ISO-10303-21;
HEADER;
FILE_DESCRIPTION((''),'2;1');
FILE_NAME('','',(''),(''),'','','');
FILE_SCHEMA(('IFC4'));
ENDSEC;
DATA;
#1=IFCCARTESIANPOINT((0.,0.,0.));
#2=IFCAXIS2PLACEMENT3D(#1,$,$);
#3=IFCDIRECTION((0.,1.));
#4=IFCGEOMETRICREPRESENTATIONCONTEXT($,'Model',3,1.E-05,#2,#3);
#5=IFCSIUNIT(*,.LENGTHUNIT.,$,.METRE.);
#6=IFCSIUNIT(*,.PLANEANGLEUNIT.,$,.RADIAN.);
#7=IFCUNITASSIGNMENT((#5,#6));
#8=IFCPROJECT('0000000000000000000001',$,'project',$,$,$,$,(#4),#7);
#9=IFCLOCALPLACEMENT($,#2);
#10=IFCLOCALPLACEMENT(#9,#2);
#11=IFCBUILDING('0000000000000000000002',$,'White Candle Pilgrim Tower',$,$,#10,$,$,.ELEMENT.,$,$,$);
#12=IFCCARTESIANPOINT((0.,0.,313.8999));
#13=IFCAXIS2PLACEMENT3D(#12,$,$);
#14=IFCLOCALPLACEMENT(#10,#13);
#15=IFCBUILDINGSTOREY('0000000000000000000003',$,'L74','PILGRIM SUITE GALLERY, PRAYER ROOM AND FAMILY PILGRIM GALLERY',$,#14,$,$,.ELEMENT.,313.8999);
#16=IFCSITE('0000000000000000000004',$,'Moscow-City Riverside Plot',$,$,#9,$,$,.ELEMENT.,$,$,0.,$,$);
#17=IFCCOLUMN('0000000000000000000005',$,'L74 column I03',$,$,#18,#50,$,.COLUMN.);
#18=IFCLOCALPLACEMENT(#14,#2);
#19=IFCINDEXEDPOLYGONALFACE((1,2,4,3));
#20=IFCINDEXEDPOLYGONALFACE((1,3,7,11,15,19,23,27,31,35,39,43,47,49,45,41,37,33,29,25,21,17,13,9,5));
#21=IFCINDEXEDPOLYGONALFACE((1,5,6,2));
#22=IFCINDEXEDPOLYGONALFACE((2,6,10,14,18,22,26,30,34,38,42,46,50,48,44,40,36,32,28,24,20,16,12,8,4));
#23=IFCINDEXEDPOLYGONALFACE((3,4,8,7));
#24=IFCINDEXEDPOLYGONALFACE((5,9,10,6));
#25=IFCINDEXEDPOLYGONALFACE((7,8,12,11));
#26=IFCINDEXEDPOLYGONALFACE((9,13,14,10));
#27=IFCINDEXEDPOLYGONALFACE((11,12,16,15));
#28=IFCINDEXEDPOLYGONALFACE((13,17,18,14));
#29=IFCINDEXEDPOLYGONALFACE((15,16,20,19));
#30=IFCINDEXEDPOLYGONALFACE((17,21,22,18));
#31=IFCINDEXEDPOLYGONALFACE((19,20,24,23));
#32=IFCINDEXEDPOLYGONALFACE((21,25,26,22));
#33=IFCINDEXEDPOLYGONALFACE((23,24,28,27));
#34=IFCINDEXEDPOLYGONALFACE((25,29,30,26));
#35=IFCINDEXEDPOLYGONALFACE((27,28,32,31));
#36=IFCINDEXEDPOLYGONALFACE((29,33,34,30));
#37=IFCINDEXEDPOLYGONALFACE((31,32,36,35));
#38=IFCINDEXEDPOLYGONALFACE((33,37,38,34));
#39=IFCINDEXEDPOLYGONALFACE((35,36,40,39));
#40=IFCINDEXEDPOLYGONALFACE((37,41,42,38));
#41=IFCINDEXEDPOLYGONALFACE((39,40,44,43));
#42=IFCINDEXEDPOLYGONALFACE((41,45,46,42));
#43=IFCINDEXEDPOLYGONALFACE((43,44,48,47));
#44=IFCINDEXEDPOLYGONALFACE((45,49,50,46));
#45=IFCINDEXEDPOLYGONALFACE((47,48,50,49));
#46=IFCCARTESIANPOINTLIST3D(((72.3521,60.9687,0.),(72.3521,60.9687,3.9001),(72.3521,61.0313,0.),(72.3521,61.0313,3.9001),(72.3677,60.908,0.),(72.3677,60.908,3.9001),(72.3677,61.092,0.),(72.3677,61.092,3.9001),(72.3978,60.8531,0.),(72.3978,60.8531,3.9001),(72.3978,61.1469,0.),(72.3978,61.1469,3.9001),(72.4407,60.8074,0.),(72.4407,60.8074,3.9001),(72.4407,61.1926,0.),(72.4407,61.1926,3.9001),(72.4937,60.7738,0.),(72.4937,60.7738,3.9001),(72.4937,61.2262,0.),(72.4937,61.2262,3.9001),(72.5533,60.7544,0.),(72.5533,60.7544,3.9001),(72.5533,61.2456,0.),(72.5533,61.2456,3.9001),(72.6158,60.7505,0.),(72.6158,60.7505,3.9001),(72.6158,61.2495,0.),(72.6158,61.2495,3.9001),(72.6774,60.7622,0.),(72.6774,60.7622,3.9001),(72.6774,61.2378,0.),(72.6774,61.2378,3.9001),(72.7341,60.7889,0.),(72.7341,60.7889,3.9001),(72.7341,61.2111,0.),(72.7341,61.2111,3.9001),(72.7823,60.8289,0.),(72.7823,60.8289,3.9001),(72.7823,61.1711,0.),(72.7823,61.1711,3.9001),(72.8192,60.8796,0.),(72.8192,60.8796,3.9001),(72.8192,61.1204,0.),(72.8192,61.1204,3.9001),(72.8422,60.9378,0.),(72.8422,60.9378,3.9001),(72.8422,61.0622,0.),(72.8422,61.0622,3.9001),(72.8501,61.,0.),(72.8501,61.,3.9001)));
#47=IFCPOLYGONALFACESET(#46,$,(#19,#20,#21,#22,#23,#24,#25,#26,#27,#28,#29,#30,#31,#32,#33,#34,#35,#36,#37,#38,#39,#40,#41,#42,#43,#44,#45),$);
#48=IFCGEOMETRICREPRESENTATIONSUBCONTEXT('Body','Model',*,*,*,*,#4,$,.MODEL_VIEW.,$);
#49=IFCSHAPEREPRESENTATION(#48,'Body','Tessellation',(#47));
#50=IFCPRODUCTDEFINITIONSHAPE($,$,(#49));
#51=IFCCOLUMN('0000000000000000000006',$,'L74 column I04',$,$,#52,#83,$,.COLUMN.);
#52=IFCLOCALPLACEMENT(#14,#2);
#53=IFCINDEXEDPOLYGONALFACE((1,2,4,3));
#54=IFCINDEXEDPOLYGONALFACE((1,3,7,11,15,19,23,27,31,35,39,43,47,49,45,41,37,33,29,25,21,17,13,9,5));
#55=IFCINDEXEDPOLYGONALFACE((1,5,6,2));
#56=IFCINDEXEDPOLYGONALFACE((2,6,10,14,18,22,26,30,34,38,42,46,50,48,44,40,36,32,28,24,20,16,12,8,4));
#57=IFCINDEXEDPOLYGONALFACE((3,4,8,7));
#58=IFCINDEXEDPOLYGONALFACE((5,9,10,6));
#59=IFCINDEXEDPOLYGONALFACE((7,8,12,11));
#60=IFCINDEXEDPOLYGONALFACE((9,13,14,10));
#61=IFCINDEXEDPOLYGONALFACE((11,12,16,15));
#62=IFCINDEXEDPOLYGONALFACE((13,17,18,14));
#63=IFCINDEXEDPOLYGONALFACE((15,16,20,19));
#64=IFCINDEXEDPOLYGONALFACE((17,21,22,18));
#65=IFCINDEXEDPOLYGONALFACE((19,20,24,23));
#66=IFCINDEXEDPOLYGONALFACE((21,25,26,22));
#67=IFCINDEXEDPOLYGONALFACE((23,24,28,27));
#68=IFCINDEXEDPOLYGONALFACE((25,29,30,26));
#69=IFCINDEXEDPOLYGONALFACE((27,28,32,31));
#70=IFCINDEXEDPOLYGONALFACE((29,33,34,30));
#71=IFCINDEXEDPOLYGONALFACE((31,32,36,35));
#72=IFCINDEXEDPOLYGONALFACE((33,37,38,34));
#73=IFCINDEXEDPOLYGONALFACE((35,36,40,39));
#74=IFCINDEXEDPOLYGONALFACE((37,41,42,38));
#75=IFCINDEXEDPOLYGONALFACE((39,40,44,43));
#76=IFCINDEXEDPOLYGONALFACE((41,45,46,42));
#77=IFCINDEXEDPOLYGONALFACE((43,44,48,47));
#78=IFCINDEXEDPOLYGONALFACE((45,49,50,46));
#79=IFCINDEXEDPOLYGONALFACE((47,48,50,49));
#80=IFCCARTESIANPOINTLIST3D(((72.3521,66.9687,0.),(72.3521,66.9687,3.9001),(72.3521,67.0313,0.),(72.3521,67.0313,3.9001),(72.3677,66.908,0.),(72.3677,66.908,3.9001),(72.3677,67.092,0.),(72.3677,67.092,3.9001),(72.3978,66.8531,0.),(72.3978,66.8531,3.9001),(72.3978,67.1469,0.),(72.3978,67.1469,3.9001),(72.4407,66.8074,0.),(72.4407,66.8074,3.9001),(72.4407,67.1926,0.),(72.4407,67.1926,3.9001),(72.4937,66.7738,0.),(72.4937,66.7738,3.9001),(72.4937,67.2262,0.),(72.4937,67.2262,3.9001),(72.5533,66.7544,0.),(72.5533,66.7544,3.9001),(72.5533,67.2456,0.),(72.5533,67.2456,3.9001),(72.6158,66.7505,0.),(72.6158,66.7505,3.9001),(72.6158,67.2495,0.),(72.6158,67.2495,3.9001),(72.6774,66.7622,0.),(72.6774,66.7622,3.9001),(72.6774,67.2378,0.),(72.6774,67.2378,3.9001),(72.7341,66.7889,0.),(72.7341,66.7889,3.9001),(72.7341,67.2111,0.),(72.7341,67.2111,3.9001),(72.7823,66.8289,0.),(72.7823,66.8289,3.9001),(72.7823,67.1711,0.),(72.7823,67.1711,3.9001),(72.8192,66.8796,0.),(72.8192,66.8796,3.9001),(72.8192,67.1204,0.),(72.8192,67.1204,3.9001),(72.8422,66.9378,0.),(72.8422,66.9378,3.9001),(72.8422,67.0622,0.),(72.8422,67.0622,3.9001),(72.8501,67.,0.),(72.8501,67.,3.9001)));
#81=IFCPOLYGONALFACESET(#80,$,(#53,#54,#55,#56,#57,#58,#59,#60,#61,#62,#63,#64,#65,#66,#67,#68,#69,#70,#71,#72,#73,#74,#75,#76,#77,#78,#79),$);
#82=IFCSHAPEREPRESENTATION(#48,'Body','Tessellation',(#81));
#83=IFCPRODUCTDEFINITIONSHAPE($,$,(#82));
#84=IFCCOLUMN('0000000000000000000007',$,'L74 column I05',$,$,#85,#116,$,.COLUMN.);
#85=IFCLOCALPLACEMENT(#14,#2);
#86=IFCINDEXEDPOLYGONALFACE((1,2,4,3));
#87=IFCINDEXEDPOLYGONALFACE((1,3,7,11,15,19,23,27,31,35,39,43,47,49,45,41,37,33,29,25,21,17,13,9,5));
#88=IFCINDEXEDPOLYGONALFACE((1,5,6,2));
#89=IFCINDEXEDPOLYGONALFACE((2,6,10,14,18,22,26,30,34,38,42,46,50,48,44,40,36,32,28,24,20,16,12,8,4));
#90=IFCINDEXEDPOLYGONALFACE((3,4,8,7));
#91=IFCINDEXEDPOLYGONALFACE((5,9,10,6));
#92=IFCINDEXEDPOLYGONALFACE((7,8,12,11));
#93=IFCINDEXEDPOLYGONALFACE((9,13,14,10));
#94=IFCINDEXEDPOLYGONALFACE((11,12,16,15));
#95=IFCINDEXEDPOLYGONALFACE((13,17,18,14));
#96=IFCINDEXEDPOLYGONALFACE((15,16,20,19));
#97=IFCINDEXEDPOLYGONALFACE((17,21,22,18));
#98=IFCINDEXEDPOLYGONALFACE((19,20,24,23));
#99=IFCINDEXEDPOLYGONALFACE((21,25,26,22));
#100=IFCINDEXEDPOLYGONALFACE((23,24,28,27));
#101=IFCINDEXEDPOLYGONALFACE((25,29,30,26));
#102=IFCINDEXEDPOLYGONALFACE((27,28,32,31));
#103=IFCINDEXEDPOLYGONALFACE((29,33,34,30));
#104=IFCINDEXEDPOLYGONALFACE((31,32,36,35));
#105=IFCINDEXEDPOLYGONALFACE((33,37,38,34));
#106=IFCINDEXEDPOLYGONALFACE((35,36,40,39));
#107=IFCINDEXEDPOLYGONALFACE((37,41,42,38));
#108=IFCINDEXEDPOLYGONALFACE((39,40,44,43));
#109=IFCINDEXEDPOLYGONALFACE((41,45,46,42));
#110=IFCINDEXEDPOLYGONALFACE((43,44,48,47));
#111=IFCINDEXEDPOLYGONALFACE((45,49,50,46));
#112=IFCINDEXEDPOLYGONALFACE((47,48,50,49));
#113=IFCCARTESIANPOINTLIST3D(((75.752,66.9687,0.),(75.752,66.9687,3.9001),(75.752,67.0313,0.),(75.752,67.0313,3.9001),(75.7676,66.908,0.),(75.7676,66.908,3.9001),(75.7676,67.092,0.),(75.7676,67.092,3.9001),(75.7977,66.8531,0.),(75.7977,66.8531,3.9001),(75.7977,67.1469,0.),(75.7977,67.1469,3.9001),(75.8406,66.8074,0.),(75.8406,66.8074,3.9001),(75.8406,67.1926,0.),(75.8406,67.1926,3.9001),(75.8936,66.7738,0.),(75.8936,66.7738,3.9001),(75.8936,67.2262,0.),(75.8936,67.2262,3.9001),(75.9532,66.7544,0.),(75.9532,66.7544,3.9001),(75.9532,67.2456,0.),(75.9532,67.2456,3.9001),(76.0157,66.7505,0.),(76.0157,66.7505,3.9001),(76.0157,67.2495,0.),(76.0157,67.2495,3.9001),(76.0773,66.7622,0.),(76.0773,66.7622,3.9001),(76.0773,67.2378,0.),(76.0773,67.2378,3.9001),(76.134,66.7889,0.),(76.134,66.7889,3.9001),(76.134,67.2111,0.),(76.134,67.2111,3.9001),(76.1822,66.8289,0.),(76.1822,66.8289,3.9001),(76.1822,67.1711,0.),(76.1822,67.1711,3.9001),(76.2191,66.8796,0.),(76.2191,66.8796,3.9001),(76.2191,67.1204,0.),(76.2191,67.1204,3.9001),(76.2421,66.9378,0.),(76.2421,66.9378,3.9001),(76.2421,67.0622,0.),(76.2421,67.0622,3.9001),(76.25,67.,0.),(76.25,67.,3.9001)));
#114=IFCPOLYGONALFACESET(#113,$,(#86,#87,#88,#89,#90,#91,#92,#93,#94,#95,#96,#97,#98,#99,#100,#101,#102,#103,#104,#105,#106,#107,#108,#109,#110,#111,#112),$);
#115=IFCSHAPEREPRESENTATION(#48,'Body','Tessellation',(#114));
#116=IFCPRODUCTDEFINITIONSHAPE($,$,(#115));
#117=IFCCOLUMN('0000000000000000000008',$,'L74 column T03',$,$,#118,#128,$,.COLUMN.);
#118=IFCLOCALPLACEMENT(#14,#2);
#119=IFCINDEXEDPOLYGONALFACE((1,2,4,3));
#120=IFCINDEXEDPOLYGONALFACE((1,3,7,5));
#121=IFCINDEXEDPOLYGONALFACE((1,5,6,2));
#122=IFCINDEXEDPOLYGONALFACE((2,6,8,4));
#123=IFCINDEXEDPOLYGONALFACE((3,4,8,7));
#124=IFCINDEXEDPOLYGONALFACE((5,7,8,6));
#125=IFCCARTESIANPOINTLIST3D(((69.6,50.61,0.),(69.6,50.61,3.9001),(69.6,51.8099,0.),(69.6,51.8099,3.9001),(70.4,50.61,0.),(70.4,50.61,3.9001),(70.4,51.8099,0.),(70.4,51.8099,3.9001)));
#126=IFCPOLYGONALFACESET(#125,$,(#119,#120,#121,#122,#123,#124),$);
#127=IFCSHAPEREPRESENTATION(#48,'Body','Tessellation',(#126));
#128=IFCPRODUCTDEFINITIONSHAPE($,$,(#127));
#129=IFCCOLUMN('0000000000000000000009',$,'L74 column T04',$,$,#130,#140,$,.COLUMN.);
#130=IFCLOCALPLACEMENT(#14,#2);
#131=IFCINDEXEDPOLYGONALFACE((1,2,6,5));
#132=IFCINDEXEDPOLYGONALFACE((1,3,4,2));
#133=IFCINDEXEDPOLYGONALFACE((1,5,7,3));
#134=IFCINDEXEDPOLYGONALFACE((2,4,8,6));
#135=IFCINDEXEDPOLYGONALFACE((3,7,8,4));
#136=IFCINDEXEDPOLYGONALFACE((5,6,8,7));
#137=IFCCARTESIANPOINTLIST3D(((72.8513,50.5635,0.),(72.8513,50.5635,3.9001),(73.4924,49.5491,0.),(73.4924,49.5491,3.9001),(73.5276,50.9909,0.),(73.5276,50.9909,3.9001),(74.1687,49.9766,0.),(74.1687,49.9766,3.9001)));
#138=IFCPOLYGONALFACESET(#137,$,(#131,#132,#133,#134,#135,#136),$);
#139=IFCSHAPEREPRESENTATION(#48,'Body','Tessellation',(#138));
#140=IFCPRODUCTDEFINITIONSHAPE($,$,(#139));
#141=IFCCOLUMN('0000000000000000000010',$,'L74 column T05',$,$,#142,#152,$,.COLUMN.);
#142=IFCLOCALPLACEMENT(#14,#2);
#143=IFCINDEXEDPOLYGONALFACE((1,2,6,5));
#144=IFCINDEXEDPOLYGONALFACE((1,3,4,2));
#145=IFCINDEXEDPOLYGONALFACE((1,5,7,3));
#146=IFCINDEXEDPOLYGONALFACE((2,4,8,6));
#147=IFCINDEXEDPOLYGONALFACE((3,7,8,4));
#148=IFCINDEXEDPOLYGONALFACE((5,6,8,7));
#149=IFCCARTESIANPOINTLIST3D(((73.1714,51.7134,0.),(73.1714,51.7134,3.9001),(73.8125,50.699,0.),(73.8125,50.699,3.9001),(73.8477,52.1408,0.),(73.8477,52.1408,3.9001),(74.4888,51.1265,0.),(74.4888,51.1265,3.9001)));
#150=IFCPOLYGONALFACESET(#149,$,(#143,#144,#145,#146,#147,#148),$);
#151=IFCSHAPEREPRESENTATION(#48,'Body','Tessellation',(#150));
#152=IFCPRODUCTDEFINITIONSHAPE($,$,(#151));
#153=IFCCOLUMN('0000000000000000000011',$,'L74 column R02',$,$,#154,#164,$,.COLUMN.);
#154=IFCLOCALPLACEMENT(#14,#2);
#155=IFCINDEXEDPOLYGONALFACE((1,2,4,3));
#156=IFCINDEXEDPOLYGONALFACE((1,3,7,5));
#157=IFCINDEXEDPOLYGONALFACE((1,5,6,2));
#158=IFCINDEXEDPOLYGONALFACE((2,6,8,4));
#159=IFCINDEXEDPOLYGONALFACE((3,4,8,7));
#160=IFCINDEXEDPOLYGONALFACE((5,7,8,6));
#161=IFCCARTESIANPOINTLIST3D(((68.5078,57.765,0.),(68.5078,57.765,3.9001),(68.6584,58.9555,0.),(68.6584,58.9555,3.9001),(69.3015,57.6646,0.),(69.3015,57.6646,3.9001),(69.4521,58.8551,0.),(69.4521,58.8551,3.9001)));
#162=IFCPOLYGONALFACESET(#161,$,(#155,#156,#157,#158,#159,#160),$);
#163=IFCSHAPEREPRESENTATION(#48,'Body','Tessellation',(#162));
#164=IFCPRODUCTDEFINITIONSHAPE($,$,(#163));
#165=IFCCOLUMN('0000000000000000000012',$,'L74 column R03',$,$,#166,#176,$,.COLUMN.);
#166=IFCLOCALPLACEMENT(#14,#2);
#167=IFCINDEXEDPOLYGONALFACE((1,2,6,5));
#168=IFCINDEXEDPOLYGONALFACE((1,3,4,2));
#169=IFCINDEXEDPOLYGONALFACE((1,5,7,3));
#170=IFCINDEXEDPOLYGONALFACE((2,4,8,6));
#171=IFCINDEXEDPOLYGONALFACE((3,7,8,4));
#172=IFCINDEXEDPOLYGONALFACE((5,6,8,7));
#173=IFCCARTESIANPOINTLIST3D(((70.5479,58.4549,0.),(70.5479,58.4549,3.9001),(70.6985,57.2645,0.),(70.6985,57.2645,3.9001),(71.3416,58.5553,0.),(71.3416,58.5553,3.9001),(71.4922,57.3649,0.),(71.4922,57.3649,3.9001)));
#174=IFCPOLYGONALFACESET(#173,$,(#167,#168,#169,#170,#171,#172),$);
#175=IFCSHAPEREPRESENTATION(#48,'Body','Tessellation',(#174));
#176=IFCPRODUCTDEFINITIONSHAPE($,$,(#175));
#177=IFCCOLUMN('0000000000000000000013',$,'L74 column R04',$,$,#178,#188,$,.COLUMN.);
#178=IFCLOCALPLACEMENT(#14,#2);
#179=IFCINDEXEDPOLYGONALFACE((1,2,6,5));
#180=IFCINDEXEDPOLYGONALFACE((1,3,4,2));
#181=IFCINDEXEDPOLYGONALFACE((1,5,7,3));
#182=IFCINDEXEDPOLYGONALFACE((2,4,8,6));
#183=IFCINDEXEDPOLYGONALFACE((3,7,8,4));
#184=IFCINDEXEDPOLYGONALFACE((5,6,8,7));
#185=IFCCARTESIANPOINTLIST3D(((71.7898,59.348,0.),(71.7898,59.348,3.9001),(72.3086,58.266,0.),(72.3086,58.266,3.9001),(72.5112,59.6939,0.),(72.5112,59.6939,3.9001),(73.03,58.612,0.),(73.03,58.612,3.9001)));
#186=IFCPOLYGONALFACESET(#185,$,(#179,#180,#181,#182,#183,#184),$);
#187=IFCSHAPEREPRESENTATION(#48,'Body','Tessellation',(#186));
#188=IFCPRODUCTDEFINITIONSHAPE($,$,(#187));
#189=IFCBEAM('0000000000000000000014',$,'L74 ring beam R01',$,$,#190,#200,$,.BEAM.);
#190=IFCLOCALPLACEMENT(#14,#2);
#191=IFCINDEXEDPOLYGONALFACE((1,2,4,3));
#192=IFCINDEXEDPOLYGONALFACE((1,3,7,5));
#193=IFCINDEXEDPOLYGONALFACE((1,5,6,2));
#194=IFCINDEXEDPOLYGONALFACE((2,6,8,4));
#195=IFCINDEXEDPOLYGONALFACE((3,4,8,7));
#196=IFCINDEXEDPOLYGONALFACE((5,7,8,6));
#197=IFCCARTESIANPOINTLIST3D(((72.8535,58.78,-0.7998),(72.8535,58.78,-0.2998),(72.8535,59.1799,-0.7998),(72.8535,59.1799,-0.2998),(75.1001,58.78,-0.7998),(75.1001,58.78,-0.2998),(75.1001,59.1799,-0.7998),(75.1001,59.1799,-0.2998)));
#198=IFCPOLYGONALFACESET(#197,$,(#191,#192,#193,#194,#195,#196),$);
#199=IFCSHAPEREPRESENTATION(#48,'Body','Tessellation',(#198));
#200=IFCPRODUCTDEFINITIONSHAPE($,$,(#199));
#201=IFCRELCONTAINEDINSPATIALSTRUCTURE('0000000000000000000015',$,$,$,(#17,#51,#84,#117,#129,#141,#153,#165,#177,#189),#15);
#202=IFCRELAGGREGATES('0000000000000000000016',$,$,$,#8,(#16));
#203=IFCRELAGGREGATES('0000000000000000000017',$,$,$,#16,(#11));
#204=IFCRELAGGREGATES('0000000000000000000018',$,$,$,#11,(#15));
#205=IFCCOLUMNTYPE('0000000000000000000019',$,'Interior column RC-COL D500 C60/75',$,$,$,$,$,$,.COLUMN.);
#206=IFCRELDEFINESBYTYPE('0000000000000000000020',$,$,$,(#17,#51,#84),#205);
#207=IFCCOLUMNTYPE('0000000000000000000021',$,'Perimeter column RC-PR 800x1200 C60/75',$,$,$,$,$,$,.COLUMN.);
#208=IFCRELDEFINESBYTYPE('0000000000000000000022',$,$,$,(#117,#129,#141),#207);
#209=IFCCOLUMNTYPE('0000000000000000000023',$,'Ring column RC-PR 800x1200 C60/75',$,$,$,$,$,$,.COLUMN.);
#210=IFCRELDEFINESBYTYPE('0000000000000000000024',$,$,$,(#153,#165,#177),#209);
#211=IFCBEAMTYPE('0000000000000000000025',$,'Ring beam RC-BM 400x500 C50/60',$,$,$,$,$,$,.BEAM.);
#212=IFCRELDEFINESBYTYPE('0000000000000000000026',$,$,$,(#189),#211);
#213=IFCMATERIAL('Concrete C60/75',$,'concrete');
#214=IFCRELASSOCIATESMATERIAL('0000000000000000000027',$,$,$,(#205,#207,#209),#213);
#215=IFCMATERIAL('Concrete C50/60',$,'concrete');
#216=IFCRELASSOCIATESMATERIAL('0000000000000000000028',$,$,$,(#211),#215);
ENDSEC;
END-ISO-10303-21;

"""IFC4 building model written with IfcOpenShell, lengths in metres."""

from ifc_helpers import new_model, si_unit, direction, frame, origin, origin_2d, place, context, subcontext, project, spatial, rectangle, circle, extrude, material, material_profile, profile_set, type_object, element, save


model = new_model("IFC4")

# Units and contexts
model_context = context("Model", 3, precision=1e-05, world=origin(), true_north=direction((0.0, 1.0)))
body_context = subcontext(model_context, "Body", "Model", "MODEL_VIEW")
ifc_project = project(units=[si_unit("LENGTHUNIT", "METRE"), si_unit("PLANEANGLEUNIT", "RADIAN")], contexts=[model_context])

# Site, building, storey
site_placement = place(None, origin())
site = spatial("IfcSite", under=ifc_project, at=site_placement, Name="Moscow-City Riverside Plot", CompositionType="ELEMENT", RefElevation=0.0)
building_placement = place(site_placement, origin())
building = spatial("IfcBuilding", under=site, at=building_placement, Name="White Candle Pilgrim Tower", CompositionType="ELEMENT")
storey_placement = place(building_placement, frame((0.0, 0.0, 313.8999)))
storey = spatial("IfcBuildingStorey", under=building, at=storey_placement, Name="L74", Description="PILGRIM SUITE GALLERY, PRAYER ROOM AND FAMILY PILGRIM GALLERY", CompositionType="ELEMENT", Elevation=313.8999)

# Columns
ifc_material_1 = material(Name="Concrete C60/75", Category="concrete")
ifc_material_profile_1 = material_profile(ifc_material_1, circle(Radius=0.25, at=origin_2d()), Name="RC-COL D500")
ifc_profile_set_1 = profile_set([ifc_material_profile_1], Name="Concrete C60/75")
column_type_1 = type_object("IfcColumnType", Name="Interior column RC-COL D500 C60/75", PredefinedType="COLUMN", material=ifc_profile_set_1)
for number, where, z_axis, x_axis, name in (
    (1, (72.6001, 61.0, 0.0), (0.0, 0.0, 1.0), (1.0, 0.0, 0.0), "L74 column I03"),
    (2, (72.6001, 67.0, 0.0), (0.0, 0.0, 1.0), (1.0, 0.0, 0.0), "L74 column I04"),
    (3, (76.0, 67.0, 0.0), (0.0, 0.0, 1.0), (1.0, 0.0, 0.0), "L74 column I05"),
):
    element("IfcColumn", number, at=place(storey_placement, frame(where, z_axis=z_axis, x_axis=x_axis)), inside=storey, type_object=column_type_1, Name=name, PredefinedType="COLUMN", context=body_context, shape_type="SweptSolid", body=[
        extrude(circle(Radius=0.25, at=origin_2d()), origin(), (0.0, 0.0, 1.0), 3.9001),
    ])
ifc_material_profile_2 = material_profile(ifc_material_1, rectangle(XDim=0.8, YDim=1.2, at=origin_2d()), Name="RC-PR 800x1200")
ifc_profile_set_2 = profile_set([ifc_material_profile_2], Name="Concrete C60/75")
column_type_2 = type_object("IfcColumnType", Name="Perimeter column RC-PR 800x1200 C60/75", PredefinedType="COLUMN", material=ifc_profile_set_2)
for number, where, z_axis, x_axis, name in (
    (4, (70.0, 51.21, 0.0), (0.0, 0.0, 1.0), (-1.0, 0.0, 0.0), "L74 column T03"),
    (5, (73.51, 50.27, 0.0), (0.0, 0.0, 1.0), (-0.845318, -0.534264, 0.0), "L74 column T04"),
    (6, (73.8301, 51.4199, 0.0), (0.0, 0.0, 1.0), (-0.845318, -0.534264, 0.0), "L74 column T05"),
):
    element("IfcColumn", number, at=place(storey_placement, frame(where, z_axis=z_axis, x_axis=x_axis)), inside=storey, type_object=column_type_2, Name=name, PredefinedType="COLUMN", context=body_context, shape_type="SweptSolid", body=[
        extrude(rectangle(XDim=0.8, YDim=1.2, at=origin_2d()), origin(), (0.0, 0.0, 1.0), 3.9001),
    ])
ifc_material_profile_3 = material_profile(ifc_material_1, rectangle(XDim=0.8, YDim=1.2, at=origin_2d()), Name="RC-PR 800x1200")
ifc_profile_set_3 = profile_set([ifc_material_profile_3], Name="Concrete C60/75")
column_type_3 = type_object("IfcColumnType", Name="Ring column RC-PR 800x1200 C60/75", PredefinedType="COLUMN", material=ifc_profile_set_3)
for number, where, z_axis, x_axis, name in (
    (7, (68.98, 58.3101, 0.0), (0.0, 0.0, 1.0), (-0.992093, 0.125506, 0.0), "L74 column R02"),
    (8, (71.02, 57.9099, 0.0), (0.0, 0.0, 1.0), (-0.992093, -0.125506, 0.0), "L74 column R03"),
    (9, (72.4099, 58.98, 0.0), (0.0, 0.0, 1.0), (-0.901689, -0.432385, 0.0), "L74 column R04"),
):
    element("IfcColumn", number, at=place(storey_placement, frame(where, z_axis=z_axis, x_axis=x_axis)), inside=storey, type_object=column_type_3, Name=name, PredefinedType="COLUMN", context=body_context, shape_type="SweptSolid", body=[
        extrude(rectangle(XDim=0.8, YDim=1.2, at=origin_2d()), origin(), (0.0, 0.0, 1.0), 3.9001),
    ])

# Beam
ifc_material_2 = material(Name="Concrete C50/60", Category="concrete")
ifc_material_profile_4 = material_profile(ifc_material_2, rectangle(XDim=0.3999, YDim=0.5, at=origin_2d()), Name="RC-BM 400x500")
ifc_profile_set_4 = profile_set([ifc_material_profile_4], Name="Concrete C50/60")
beam_type_1 = type_object("IfcBeamType", Name="Ring beam RC-BM 400x500 C50/60", PredefinedType="BEAM", material=ifc_profile_set_4)
beam_1_placement = place(storey_placement, frame((72.8535, 58.98, -0.5498), z_axis=(1.0, 0.0, 0.0), x_axis=(0.0, 1.0, 0.0)))
element("IfcBeam", 10, at=beam_1_placement, inside=storey, type_object=beam_type_1, Name="L74 ring beam R01", PredefinedType="BEAM", context=body_context, shape_type="SweptSolid", body=[
    extrude(rectangle(XDim=0.3999, YDim=0.5, at=origin_2d()), origin(), (0.0, 0.0, 1.0), 2.2466),
])

save(model, "model.ifc")
